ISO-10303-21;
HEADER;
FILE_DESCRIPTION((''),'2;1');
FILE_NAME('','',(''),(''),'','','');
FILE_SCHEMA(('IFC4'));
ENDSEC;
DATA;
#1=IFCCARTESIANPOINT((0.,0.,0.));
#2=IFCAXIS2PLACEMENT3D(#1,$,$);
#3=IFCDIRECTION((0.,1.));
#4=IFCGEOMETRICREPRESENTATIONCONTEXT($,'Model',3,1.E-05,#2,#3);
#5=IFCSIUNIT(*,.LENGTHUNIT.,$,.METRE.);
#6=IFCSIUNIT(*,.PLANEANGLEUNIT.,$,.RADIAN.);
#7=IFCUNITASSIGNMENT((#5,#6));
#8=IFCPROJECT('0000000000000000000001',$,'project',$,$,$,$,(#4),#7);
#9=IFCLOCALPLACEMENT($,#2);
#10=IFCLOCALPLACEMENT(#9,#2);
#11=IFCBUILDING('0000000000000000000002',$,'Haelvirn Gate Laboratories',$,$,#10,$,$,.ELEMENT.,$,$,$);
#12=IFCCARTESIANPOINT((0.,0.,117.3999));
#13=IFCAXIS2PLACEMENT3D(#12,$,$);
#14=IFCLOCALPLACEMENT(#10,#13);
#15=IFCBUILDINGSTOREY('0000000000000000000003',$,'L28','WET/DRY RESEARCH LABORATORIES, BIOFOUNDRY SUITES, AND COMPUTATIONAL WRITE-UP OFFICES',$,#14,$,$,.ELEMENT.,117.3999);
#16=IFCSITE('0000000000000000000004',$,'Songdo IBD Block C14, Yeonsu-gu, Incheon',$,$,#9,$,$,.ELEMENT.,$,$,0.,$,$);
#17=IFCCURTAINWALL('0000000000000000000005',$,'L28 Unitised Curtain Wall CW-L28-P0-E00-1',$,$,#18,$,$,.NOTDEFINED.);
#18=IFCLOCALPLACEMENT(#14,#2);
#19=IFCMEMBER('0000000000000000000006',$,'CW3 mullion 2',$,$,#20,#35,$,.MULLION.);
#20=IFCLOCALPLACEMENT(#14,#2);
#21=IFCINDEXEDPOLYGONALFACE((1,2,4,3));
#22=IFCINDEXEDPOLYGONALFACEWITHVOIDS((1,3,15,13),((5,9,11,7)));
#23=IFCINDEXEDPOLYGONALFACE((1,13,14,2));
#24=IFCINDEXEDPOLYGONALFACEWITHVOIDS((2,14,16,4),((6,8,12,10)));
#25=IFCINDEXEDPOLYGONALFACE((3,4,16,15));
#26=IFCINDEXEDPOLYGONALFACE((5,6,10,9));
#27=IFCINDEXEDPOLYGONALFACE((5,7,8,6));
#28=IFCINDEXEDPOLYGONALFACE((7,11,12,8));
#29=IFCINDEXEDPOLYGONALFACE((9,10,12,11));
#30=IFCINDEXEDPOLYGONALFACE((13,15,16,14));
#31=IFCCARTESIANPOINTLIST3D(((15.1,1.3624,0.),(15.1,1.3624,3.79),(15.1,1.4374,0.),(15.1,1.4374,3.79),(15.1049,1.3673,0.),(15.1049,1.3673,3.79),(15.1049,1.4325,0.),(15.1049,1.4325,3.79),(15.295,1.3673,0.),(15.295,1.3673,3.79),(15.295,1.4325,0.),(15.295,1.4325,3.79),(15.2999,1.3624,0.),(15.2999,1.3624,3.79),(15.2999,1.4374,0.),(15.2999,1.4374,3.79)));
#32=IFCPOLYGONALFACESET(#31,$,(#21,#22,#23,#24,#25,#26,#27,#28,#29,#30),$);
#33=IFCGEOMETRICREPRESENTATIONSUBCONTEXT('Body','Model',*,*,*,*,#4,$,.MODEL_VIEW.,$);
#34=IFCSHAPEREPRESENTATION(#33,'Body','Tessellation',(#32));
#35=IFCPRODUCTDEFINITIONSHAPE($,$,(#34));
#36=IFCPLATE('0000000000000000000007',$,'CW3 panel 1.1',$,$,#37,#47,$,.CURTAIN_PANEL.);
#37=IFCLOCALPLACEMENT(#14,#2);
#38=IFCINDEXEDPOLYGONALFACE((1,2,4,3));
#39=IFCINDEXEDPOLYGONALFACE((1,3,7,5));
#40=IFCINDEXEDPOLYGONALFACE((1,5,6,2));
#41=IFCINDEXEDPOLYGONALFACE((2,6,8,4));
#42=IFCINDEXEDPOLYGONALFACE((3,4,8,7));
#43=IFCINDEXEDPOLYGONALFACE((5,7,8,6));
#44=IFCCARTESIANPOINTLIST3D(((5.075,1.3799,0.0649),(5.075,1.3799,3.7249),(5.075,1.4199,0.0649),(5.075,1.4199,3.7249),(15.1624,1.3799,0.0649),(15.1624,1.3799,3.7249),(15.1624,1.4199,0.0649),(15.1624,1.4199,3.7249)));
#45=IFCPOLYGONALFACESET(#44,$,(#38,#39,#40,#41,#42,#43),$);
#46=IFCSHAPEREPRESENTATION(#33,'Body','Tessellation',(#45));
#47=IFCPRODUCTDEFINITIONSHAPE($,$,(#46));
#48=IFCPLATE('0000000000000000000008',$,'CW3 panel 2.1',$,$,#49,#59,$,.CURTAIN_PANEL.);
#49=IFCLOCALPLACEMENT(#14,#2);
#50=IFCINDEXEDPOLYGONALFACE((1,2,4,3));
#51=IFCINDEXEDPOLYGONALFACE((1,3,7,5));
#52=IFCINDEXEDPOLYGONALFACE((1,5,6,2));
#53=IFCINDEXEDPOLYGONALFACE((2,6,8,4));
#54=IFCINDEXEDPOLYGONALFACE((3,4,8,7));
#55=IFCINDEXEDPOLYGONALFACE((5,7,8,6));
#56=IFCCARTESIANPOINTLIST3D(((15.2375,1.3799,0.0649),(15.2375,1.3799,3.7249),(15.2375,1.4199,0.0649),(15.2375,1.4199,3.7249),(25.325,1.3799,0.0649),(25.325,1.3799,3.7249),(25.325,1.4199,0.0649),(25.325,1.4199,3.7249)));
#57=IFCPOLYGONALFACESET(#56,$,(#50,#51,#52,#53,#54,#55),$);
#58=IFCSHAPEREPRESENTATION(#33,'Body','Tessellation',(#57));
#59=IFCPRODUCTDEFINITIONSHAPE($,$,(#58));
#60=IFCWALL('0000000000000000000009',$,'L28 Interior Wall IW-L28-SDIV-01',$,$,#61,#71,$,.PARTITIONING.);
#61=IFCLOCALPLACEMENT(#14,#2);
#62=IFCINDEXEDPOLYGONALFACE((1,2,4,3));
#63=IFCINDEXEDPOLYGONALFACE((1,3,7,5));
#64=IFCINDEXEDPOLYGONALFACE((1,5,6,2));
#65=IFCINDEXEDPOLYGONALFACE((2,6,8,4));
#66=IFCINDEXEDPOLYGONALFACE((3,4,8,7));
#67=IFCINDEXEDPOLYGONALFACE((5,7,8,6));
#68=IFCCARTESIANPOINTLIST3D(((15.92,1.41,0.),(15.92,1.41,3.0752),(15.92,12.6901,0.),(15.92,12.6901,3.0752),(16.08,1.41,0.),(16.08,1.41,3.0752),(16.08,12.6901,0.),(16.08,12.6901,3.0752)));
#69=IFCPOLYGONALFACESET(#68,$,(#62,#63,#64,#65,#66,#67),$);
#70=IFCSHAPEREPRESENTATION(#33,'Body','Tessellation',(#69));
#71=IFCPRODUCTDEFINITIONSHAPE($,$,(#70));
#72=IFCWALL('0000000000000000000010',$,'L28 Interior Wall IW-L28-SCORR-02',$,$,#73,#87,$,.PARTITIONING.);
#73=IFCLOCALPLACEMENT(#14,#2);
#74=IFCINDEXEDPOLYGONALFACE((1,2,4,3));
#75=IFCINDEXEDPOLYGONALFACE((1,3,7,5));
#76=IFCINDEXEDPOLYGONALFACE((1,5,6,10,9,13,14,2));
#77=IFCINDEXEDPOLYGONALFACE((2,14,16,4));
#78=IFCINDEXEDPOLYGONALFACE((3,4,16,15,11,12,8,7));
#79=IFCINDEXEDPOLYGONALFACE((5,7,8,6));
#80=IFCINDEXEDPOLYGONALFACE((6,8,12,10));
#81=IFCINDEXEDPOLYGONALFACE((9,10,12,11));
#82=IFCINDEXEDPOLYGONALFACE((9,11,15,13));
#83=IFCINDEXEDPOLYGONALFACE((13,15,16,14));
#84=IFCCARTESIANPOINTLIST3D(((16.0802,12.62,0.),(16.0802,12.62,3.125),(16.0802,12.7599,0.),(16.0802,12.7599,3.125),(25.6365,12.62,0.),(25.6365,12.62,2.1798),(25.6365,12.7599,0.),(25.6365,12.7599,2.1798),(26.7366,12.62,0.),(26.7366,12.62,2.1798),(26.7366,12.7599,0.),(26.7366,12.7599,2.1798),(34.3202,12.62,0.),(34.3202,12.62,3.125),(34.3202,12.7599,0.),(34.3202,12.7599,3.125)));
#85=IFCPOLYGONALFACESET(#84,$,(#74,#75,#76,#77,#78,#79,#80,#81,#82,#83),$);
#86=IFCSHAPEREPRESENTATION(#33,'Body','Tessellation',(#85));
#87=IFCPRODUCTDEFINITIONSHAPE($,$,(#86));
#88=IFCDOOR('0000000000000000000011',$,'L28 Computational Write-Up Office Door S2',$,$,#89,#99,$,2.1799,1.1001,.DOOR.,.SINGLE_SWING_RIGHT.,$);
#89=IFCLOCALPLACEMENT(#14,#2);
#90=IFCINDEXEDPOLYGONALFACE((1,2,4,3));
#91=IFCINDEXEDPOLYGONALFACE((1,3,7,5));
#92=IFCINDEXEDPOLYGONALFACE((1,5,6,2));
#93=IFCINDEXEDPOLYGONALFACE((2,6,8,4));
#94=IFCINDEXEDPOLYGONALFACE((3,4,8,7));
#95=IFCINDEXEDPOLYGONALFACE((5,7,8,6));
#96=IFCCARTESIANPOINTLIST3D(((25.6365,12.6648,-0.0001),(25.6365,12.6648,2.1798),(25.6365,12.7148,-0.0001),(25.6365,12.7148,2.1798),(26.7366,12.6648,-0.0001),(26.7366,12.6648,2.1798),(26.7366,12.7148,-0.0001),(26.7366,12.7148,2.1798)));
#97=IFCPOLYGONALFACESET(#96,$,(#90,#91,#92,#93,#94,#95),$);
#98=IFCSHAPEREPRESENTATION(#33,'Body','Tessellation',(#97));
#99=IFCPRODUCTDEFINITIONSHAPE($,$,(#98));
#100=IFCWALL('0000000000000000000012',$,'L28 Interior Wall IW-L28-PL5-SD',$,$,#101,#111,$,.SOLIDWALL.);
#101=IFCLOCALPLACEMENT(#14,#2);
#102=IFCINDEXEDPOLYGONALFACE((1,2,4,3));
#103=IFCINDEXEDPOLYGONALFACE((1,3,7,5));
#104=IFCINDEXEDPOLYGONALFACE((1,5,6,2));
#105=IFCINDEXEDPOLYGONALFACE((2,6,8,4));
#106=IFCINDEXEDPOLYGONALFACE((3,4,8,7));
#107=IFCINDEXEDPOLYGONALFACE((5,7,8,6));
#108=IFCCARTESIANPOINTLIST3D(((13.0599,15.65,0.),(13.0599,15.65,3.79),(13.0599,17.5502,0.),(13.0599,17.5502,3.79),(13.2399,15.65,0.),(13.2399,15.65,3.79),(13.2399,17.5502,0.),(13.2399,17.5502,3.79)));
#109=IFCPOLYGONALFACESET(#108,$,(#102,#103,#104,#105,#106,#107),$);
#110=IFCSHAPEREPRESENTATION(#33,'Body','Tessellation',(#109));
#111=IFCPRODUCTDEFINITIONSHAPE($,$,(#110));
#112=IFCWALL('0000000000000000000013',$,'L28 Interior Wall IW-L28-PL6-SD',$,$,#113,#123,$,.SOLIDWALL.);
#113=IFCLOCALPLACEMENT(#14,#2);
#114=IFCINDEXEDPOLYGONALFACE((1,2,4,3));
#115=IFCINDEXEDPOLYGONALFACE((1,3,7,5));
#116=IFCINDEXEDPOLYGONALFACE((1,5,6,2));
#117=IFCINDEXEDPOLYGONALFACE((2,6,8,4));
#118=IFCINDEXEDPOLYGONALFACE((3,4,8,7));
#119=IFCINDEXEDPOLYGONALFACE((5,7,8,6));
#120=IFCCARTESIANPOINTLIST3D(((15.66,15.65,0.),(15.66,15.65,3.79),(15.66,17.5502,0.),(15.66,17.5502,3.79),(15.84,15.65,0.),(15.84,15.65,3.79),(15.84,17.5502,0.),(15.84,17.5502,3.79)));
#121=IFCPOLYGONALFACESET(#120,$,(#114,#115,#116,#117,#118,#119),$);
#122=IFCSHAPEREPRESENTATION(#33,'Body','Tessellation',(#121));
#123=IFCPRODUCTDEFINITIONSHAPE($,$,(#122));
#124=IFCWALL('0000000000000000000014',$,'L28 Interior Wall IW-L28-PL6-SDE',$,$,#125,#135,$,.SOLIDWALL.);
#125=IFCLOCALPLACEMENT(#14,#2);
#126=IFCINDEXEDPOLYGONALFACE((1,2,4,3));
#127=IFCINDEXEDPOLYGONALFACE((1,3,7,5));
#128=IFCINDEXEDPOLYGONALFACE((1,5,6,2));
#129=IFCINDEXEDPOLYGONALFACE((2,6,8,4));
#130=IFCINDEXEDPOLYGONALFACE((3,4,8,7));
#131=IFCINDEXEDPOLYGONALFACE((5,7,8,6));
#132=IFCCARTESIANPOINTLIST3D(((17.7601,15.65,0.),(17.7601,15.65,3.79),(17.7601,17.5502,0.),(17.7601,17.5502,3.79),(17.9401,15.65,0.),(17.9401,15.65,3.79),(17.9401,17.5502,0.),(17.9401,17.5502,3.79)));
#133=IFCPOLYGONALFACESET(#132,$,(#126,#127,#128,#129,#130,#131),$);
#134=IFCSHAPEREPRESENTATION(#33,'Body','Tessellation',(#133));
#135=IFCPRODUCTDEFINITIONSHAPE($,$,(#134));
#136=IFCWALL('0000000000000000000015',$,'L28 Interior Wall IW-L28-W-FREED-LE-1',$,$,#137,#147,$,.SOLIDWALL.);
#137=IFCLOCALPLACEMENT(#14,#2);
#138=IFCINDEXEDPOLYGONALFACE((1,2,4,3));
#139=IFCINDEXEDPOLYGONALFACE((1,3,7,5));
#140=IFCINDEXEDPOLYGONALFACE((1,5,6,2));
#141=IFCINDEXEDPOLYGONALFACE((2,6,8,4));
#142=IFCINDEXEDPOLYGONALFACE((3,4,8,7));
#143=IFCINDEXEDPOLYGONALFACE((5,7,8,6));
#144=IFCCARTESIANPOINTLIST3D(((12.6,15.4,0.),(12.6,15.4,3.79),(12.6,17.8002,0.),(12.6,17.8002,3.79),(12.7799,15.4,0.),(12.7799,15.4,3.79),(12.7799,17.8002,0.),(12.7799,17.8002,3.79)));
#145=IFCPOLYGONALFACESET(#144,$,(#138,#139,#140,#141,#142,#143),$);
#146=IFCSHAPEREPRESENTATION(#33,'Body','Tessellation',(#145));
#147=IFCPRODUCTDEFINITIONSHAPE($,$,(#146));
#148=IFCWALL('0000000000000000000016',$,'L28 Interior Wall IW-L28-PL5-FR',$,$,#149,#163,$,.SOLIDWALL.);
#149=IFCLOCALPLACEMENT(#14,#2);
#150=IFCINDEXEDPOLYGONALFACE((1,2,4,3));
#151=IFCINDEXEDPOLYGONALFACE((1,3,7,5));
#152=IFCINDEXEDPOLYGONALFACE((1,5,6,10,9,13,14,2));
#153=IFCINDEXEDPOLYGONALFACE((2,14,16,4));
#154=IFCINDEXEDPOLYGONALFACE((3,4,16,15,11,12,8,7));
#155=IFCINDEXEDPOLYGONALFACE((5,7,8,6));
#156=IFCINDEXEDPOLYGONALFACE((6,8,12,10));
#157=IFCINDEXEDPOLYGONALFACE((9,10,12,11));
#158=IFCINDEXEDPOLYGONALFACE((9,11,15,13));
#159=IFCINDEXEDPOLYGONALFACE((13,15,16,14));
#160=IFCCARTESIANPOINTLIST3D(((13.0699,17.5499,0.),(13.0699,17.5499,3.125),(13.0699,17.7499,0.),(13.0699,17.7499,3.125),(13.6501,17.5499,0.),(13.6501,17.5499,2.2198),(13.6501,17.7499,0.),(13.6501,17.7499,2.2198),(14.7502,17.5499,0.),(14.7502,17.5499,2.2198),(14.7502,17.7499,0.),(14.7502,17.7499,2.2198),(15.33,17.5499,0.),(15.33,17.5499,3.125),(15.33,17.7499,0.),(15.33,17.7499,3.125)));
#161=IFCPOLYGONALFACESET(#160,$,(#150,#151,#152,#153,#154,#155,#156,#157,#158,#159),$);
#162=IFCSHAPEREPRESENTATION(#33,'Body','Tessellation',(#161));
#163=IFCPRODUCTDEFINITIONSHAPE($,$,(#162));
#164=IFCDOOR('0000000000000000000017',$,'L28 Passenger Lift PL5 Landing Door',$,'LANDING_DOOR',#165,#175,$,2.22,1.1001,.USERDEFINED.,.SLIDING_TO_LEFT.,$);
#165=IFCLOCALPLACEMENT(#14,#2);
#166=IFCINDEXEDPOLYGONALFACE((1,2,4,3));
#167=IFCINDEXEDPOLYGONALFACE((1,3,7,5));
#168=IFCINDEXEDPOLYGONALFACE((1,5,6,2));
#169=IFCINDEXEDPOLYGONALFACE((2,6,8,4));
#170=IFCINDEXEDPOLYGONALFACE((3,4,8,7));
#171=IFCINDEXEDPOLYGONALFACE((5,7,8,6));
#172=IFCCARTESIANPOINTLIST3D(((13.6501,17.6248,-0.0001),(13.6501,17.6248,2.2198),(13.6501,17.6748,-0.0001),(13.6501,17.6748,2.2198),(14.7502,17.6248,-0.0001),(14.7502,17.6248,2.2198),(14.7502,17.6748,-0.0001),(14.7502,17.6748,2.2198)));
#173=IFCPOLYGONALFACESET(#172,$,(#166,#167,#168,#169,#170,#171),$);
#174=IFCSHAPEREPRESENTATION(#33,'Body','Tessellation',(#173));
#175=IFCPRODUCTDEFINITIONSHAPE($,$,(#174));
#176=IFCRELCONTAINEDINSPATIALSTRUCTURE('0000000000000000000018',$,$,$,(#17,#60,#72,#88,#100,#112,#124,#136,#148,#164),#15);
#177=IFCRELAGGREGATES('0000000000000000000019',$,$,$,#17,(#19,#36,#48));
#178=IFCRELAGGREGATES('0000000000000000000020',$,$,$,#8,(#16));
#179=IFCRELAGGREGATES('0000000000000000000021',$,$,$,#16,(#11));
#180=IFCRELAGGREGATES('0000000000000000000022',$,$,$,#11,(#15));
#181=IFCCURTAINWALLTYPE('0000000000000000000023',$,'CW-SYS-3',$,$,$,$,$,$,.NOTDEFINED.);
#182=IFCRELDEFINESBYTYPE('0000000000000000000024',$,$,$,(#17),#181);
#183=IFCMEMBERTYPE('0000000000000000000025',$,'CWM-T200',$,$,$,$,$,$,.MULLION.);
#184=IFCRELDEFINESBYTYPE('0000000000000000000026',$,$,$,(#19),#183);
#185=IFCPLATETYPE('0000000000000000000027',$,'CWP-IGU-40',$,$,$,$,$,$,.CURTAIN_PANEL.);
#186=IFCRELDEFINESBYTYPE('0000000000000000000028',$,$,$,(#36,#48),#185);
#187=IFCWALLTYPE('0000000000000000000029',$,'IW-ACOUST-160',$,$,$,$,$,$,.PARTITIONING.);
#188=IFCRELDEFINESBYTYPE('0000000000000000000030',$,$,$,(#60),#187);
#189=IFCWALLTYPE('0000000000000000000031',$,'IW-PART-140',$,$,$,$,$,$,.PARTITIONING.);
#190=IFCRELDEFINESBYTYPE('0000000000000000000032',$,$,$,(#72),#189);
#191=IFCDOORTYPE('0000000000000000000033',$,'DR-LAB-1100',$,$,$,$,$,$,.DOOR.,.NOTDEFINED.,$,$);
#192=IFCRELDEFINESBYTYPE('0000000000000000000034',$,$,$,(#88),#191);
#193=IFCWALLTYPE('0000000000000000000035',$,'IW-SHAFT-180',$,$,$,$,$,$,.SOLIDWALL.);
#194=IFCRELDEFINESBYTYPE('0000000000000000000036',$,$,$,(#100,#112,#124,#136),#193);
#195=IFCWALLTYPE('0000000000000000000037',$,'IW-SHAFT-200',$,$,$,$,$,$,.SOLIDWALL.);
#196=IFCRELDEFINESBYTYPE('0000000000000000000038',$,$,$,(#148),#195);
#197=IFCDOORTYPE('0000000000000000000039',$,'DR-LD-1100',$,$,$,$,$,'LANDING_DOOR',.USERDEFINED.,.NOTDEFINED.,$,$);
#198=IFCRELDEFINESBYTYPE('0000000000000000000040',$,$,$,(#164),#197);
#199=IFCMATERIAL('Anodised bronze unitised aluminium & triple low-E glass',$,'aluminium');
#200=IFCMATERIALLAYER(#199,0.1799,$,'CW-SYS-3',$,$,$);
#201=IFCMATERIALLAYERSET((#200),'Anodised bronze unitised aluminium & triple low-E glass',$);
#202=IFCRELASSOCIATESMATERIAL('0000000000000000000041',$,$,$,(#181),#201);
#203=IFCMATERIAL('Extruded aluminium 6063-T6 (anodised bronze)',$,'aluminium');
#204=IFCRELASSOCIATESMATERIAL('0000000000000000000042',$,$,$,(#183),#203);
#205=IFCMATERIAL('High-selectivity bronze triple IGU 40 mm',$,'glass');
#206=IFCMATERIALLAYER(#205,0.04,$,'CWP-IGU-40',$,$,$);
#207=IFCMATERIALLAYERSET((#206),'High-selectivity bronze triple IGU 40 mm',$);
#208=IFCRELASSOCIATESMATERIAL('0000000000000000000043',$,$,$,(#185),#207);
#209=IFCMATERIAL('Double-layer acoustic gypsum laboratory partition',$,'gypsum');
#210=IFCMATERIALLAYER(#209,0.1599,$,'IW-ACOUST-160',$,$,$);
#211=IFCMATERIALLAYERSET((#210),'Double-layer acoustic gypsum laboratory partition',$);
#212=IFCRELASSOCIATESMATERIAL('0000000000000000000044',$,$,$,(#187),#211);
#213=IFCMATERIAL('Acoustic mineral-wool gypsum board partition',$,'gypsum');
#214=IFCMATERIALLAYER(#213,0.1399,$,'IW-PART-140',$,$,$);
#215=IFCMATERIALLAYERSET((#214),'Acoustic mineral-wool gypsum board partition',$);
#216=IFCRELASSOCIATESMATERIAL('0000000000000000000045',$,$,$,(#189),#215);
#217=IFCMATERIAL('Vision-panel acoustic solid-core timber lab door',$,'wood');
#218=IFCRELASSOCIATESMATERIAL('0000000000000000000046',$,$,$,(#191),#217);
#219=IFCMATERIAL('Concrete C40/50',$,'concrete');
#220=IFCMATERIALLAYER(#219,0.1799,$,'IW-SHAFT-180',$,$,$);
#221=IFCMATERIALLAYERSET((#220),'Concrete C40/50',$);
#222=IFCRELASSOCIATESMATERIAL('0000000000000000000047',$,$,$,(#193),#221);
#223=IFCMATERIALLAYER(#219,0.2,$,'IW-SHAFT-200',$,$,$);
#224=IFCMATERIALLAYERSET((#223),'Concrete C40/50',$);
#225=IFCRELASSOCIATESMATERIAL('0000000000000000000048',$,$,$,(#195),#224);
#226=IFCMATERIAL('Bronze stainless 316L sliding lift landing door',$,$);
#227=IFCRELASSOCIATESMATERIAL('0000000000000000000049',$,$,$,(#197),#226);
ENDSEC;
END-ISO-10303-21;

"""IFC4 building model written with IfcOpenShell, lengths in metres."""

from ifc_helpers import new_model, si_unit, direction, frame, frame_2d, origin, origin_2d, place, context, subcontext, project, spatial, rectangle, hollow_rectangle, extrude, source, transform, mapped, material, layer, layer_set, material_profile, profile_set, type_object, type_shapes, element, fill, aggregate, save


model = new_model("IFC4")

# Units and contexts
model_context = context("Model", 3, precision=1e-05, world=origin(), true_north=direction((0.0, 1.0)))
body_context = subcontext(model_context, "Body", "Model", "MODEL_VIEW")
ifc_project = project(units=[si_unit("LENGTHUNIT", "METRE"), si_unit("PLANEANGLEUNIT", "RADIAN")], contexts=[model_context])

# Site, building, storey
site_placement = place(None, origin())
site = spatial("IfcSite", under=ifc_project, at=site_placement, Name="Songdo IBD Block C14, Yeonsu-gu, Incheon", CompositionType="ELEMENT", RefElevation=0.0)
building_placement = place(site_placement, origin())
building = spatial("IfcBuilding", under=site, at=building_placement, Name="Haelvirn Gate Laboratories", CompositionType="ELEMENT")
storey_placement = place(building_placement, frame((0.0, 0.0, 117.3999)))
storey = spatial("IfcBuildingStorey", under=building, at=storey_placement, Name="L28", Description="WET/DRY RESEARCH LABORATORIES, BIOFOUNDRY SUITES, AND COMPUTATIONAL WRITE-UP OFFICES", CompositionType="ELEMENT", Elevation=117.3999)

# Curtain wall, member, plates
ifc_material_1 = material(Name="Anodised bronze unitised aluminium & triple low-E glass", Category="aluminium")
ifc_layer_1 = layer(ifc_material_1, 0.1799, Name="CW-SYS-3")
ifc_layer_set_1 = layer_set([ifc_layer_1], Name="Anodised bronze unitised aluminium & triple low-E glass")
curtain_wall_type = type_object("IfcCurtainWallType", Name="CW-SYS-3", PredefinedType="NOTDEFINED", material=ifc_layer_set_1)
curtain_wall_placement = place(storey_placement, origin())
curtain_wall = element("IfcCurtainWall", 1, at=curtain_wall_placement, inside=storey, type_object=curtain_wall_type, Name="L28 Unitised Curtain Wall CW-L28-P0-E00-1", PredefinedType="NOTDEFINED")
ifc_material_2 = material(Name="Extruded aluminium 6063-T6 (anodised bronze)", Category="aluminium")
ifc_material_profile_1 = material_profile(ifc_material_2, hollow_rectangle(XDim=0.075, YDim=0.2, WallThickness=0.0049, at=origin_2d()), Name="CWM-200x75x5")
ifc_profile_set_1 = profile_set([ifc_material_profile_1], Name="Extruded aluminium 6063-T6 (anodised bronze)")
member_type_1 = type_object("IfcMemberType", Name="CWM-T200", PredefinedType="MULLION", material=ifc_profile_set_1)
shared_shape_1 = source(origin(), body_context, "Body", "SweptSolid", [
    extrude(hollow_rectangle(XDim=0.075, YDim=0.2, WallThickness=0.0049, at=origin_2d()), origin(), (0.0, 0.0, 1.0), 3.79),
])
type_shapes(member_type_1, [shared_shape_1])
member_1_placement = place(storey_placement, frame((15.2, 1.3999, 0.0), z_axis=(0.0, 0.0, 1.0), x_axis=(0.0, 1.0, 0.0)))
member_1 = element("IfcMember", 2, at=member_1_placement, type_object=member_type_1, Name="CW3 mullion 2", PredefinedType="MULLION", context=body_context, shape_type="MappedRepresentation", body=[
    mapped(shared_shape_1, transform((0.0, 0.0, 0.0), scale=1.0)),
])
ifc_material_3 = material(Name="High-selectivity bronze triple IGU 40 mm", Category="glass")
ifc_layer_2 = layer(ifc_material_3, 0.04, Name="CWP-IGU-40")
ifc_layer_set_2 = layer_set([ifc_layer_2], Name="High-selectivity bronze triple IGU 40 mm")
plate_type = type_object("IfcPlateType", Name="CWP-IGU-40", PredefinedType="CURTAIN_PANEL", material=ifc_layer_set_2)
shared_shape_2 = source(origin(), body_context, "Body", "SweptSolid", [
    extrude(rectangle(XDim=10.0874, YDim=0.04, at=origin_2d()), origin(), (0.0, 0.0, 1.0), 3.6599),
])
type_shapes(plate_type, [shared_shape_2])
plate_1_placement = place(storey_placement, frame((10.1187, 1.3999, 0.0649), z_axis=(0.0, 0.0, 1.0), x_axis=(1.0, 0.0, 0.0)))
plate_1 = element("IfcPlate", 3, at=plate_1_placement, type_object=plate_type, Name="CW3 panel 1.1", PredefinedType="CURTAIN_PANEL", context=body_context, shape_type="MappedRepresentation", body=[
    mapped(shared_shape_2, transform((0.0, 0.0, 0.0), scale=1.0)),
])
plate_2_placement = place(storey_placement, frame((20.2812, 1.3999, 0.0649), z_axis=(0.0, 0.0, 1.0), x_axis=(1.0, 0.0, 0.0)))
plate_2 = element("IfcPlate", 4, at=plate_2_placement, type_object=plate_type, Name="CW3 panel 2.1", PredefinedType="CURTAIN_PANEL", context=body_context, shape_type="MappedRepresentation", body=[
    mapped(shared_shape_2, transform((0.0, 0.0, 0.0), scale=1.0)),
])
aggregate(curtain_wall, [member_1, plate_1, plate_2])

# Wall
ifc_material_4 = material(Name="Double-layer acoustic gypsum laboratory partition", Category="gypsum")
ifc_layer_3 = layer(ifc_material_4, 0.1599, Name="IW-ACOUST-160")
ifc_layer_set_3 = layer_set([ifc_layer_3], Name="Double-layer acoustic gypsum laboratory partition")
wall_type_1 = type_object("IfcWallType", Name="IW-ACOUST-160", PredefinedType="PARTITIONING", material=ifc_layer_set_3)
wall_1_placement = place(storey_placement, frame((16.0, 1.4099, 0.0), z_axis=(0.0, 0.0, 1.0), x_axis=(0.0, 1.0, 0.0)))
element("IfcWall", 5, at=wall_1_placement, inside=storey, type_object=wall_type_1, Name="L28 Interior Wall IW-L28-SDIV-01", PredefinedType="PARTITIONING", context=body_context, shape_type="SweptSolid", body=[
    extrude(rectangle(XDim=11.28, YDim=0.1599, at=frame_2d((5.6401, 0.0))), origin(), (0.0, 0.0, 1.0), 3.0752),
])

# Wall, opening, door
ifc_material_5 = material(Name="Acoustic mineral-wool gypsum board partition", Category="gypsum")
ifc_layer_4 = layer(ifc_material_5, 0.1399, Name="IW-PART-140")
ifc_layer_set_4 = layer_set([ifc_layer_4], Name="Acoustic mineral-wool gypsum board partition")
wall_type_2 = type_object("IfcWallType", Name="IW-PART-140", PredefinedType="PARTITIONING", material=ifc_layer_set_4)
wall_2_placement = place(storey_placement, frame((16.0801, 12.6899, 0.0), z_axis=(0.0, 0.0, 1.0), x_axis=(1.0, 0.0, 0.0)))
wall_2 = element("IfcWall", 6, at=wall_2_placement, inside=storey, type_object=wall_type_2, Name="L28 Interior Wall IW-L28-SCORR-02", PredefinedType="PARTITIONING", context=body_context, shape_type="SweptSolid", body=[
    extrude(rectangle(XDim=18.24, YDim=0.1399, at=frame_2d((9.1201, 0.0))), origin(), (0.0, 0.0, 1.0), 3.125),
])
opening_1_placement = place(wall_2_placement, frame((9.5564, 0.0, 0.0)))
opening_1 = element("IfcOpeningElement", 7, at=opening_1_placement, cuts=wall_2, PredefinedType="OPENING", context=body_context, shape_type="SweptSolid", body=[
    extrude(rectangle(XDim=1.1001, YDim=2.1799, at=frame_2d((0.55, 1.0898))), frame((0.0, 0.0801, 0.0), z_axis=(0.0, -1.0, 0.0), x_axis=(1.0, 0.0, 0.0)), (0.0, 0.0, 1.0), 0.1599),
])
ifc_material_6 = material(Name="Vision-panel acoustic solid-core timber lab door", Category="wood")
door_type_1 = type_object("IfcDoorType", Name="DR-LAB-1100", OperationType="NOTDEFINED", PredefinedType="DOOR", material=ifc_material_6)
shared_shape_3 = source(origin(), body_context, "Body", "SweptSolid", [
    extrude(rectangle(XDim=1.1001, YDim=2.1799, at=frame_2d((0.55, 1.0898))), frame((0.0, 0.0249, 0.0), z_axis=(0.0, -1.0, 0.0), x_axis=(1.0, 0.0, 0.0)), (0.0, 0.0, 1.0), 0.05),
])
type_shapes(door_type_1, [shared_shape_3])
door_1_placement = place(opening_1_placement, origin())
door_1 = element("IfcDoor", 8, at=door_1_placement, inside=storey, type_object=door_type_1, Name="L28 Computational Write-Up Office Door S2", OperationType="SINGLE_SWING_RIGHT", OverallHeight=2.1799, OverallWidth=1.1001, PredefinedType="DOOR", context=body_context, shape_type="MappedRepresentation", body=[
    mapped(shared_shape_3, transform((0.0, 0.0, 0.0), scale=1.0)),
])
fill(opening_1, door_1)

# Walls
ifc_material_7 = material(Name="Concrete C40/50", Category="concrete")
ifc_layer_5 = layer(ifc_material_7, 0.1799, Name="IW-SHAFT-180")
ifc_layer_set_5 = layer_set([ifc_layer_5], Name="Concrete C40/50")
wall_type_3 = type_object("IfcWallType", Name="IW-SHAFT-180", PredefinedType="SOLIDWALL", material=ifc_layer_set_5)
for number, where, z_axis, x_axis, name in (
    (9, (13.1499, 15.6499, 0.0), (0.0, 0.0, 1.0), (0.0, 1.0, 0.0), "L28 Interior Wall IW-L28-PL5-SD"),
    (10, (15.75, 15.6499, 0.0), (0.0, 0.0, 1.0), (0.0, 1.0, 0.0), "L28 Interior Wall IW-L28-PL6-SD"),
    (11, (17.8501, 15.6499, 0.0), (0.0, 0.0, 1.0), (0.0, 1.0, 0.0), "L28 Interior Wall IW-L28-PL6-SDE"),
):
    element("IfcWall", number, at=place(storey_placement, frame(where, z_axis=z_axis, x_axis=x_axis)), inside=storey, type_object=wall_type_3, Name=name, PredefinedType="SOLIDWALL", context=body_context, shape_type="SweptSolid", body=[
        extrude(rectangle(XDim=1.9001, YDim=0.1799, at=frame_2d((0.9502, 0.0))), origin(), (0.0, 0.0, 1.0), 3.79),
    ])
wall_3_placement = place(storey_placement, frame((12.6899, 15.3999, 0.0), z_axis=(0.0, 0.0, 1.0), x_axis=(0.0, 1.0, 0.0)))
element("IfcWall", 12, at=wall_3_placement, inside=storey, type_object=wall_type_3, Name="L28 Interior Wall IW-L28-W-FREED-LE-1", PredefinedType="SOLIDWALL", context=body_context, shape_type="SweptSolid", body=[
    extrude(rectangle(XDim=2.4001, YDim=0.1799, at=frame_2d((1.2002, 0.0))), origin(), (0.0, 0.0, 1.0), 3.79),
])

# Wall, opening, door
ifc_layer_6 = layer(ifc_material_7, 0.2, Name="IW-SHAFT-200")
ifc_layer_set_6 = layer_set([ifc_layer_6], Name="Concrete C40/50")
wall_type_4 = type_object("IfcWallType", Name="IW-SHAFT-200", PredefinedType="SOLIDWALL", material=ifc_layer_set_6)
wall_4_placement = place(storey_placement, frame((13.0701, 17.6499, 0.0), z_axis=(0.0, 0.0, 1.0), x_axis=(1.0, 0.0, 0.0)))
wall_4 = element("IfcWall", 13, at=wall_4_placement, inside=storey, type_object=wall_type_4, Name="L28 Interior Wall IW-L28-PL5-FR", PredefinedType="SOLIDWALL", context=body_context, shape_type="SweptSolid", body=[
    extrude(rectangle(XDim=2.26, YDim=0.2, at=frame_2d((1.1299, 0.0))), origin(), (0.0, 0.0, 1.0), 3.125),
])
opening_2_placement = place(wall_4_placement, frame((0.5801, 0.0, 0.0)))
opening_2 = element("IfcOpeningElement", 14, at=opening_2_placement, cuts=wall_4, PredefinedType="OPENING", context=body_context, shape_type="SweptSolid", body=[
    extrude(rectangle(XDim=1.1001, YDim=2.22, at=frame_2d((0.55, 1.1099))), frame((0.0, 0.1099, 0.0), z_axis=(0.0, -1.0, 0.0), x_axis=(1.0, 0.0, 0.0)), (0.0, 0.0, 1.0), 0.22),
])
ifc_material_8 = material(Name="Bronze stainless 316L sliding lift landing door")
door_type_2 = type_object("IfcDoorType", Name="DR-LD-1100", ElementType="LANDING_DOOR", OperationType="NOTDEFINED", PredefinedType="USERDEFINED", material=ifc_material_8)
shared_shape_4 = source(origin(), body_context, "Body", "SweptSolid", [
    extrude(rectangle(XDim=1.1001, YDim=2.22, at=frame_2d((0.55, 1.1099))), frame((0.0, 0.0249, 0.0), z_axis=(0.0, -1.0, 0.0), x_axis=(1.0, 0.0, 0.0)), (0.0, 0.0, 1.0), 0.05),
])
type_shapes(door_type_2, [shared_shape_4])
door_2_placement = place(opening_2_placement, origin())
door_2 = element("IfcDoor", 15, at=door_2_placement, inside=storey, type_object=door_type_2, Name="L28 Passenger Lift PL5 Landing Door", ObjectType="LANDING_DOOR", OperationType="SLIDING_TO_LEFT", OverallHeight=2.22, OverallWidth=1.1001, PredefinedType="USERDEFINED", context=body_context, shape_type="MappedRepresentation", body=[
    mapped(shared_shape_4, transform((0.0, 0.0, 0.0), scale=1.0)),
])
fill(opening_2, door_2)

save(model, "model.ifc")
